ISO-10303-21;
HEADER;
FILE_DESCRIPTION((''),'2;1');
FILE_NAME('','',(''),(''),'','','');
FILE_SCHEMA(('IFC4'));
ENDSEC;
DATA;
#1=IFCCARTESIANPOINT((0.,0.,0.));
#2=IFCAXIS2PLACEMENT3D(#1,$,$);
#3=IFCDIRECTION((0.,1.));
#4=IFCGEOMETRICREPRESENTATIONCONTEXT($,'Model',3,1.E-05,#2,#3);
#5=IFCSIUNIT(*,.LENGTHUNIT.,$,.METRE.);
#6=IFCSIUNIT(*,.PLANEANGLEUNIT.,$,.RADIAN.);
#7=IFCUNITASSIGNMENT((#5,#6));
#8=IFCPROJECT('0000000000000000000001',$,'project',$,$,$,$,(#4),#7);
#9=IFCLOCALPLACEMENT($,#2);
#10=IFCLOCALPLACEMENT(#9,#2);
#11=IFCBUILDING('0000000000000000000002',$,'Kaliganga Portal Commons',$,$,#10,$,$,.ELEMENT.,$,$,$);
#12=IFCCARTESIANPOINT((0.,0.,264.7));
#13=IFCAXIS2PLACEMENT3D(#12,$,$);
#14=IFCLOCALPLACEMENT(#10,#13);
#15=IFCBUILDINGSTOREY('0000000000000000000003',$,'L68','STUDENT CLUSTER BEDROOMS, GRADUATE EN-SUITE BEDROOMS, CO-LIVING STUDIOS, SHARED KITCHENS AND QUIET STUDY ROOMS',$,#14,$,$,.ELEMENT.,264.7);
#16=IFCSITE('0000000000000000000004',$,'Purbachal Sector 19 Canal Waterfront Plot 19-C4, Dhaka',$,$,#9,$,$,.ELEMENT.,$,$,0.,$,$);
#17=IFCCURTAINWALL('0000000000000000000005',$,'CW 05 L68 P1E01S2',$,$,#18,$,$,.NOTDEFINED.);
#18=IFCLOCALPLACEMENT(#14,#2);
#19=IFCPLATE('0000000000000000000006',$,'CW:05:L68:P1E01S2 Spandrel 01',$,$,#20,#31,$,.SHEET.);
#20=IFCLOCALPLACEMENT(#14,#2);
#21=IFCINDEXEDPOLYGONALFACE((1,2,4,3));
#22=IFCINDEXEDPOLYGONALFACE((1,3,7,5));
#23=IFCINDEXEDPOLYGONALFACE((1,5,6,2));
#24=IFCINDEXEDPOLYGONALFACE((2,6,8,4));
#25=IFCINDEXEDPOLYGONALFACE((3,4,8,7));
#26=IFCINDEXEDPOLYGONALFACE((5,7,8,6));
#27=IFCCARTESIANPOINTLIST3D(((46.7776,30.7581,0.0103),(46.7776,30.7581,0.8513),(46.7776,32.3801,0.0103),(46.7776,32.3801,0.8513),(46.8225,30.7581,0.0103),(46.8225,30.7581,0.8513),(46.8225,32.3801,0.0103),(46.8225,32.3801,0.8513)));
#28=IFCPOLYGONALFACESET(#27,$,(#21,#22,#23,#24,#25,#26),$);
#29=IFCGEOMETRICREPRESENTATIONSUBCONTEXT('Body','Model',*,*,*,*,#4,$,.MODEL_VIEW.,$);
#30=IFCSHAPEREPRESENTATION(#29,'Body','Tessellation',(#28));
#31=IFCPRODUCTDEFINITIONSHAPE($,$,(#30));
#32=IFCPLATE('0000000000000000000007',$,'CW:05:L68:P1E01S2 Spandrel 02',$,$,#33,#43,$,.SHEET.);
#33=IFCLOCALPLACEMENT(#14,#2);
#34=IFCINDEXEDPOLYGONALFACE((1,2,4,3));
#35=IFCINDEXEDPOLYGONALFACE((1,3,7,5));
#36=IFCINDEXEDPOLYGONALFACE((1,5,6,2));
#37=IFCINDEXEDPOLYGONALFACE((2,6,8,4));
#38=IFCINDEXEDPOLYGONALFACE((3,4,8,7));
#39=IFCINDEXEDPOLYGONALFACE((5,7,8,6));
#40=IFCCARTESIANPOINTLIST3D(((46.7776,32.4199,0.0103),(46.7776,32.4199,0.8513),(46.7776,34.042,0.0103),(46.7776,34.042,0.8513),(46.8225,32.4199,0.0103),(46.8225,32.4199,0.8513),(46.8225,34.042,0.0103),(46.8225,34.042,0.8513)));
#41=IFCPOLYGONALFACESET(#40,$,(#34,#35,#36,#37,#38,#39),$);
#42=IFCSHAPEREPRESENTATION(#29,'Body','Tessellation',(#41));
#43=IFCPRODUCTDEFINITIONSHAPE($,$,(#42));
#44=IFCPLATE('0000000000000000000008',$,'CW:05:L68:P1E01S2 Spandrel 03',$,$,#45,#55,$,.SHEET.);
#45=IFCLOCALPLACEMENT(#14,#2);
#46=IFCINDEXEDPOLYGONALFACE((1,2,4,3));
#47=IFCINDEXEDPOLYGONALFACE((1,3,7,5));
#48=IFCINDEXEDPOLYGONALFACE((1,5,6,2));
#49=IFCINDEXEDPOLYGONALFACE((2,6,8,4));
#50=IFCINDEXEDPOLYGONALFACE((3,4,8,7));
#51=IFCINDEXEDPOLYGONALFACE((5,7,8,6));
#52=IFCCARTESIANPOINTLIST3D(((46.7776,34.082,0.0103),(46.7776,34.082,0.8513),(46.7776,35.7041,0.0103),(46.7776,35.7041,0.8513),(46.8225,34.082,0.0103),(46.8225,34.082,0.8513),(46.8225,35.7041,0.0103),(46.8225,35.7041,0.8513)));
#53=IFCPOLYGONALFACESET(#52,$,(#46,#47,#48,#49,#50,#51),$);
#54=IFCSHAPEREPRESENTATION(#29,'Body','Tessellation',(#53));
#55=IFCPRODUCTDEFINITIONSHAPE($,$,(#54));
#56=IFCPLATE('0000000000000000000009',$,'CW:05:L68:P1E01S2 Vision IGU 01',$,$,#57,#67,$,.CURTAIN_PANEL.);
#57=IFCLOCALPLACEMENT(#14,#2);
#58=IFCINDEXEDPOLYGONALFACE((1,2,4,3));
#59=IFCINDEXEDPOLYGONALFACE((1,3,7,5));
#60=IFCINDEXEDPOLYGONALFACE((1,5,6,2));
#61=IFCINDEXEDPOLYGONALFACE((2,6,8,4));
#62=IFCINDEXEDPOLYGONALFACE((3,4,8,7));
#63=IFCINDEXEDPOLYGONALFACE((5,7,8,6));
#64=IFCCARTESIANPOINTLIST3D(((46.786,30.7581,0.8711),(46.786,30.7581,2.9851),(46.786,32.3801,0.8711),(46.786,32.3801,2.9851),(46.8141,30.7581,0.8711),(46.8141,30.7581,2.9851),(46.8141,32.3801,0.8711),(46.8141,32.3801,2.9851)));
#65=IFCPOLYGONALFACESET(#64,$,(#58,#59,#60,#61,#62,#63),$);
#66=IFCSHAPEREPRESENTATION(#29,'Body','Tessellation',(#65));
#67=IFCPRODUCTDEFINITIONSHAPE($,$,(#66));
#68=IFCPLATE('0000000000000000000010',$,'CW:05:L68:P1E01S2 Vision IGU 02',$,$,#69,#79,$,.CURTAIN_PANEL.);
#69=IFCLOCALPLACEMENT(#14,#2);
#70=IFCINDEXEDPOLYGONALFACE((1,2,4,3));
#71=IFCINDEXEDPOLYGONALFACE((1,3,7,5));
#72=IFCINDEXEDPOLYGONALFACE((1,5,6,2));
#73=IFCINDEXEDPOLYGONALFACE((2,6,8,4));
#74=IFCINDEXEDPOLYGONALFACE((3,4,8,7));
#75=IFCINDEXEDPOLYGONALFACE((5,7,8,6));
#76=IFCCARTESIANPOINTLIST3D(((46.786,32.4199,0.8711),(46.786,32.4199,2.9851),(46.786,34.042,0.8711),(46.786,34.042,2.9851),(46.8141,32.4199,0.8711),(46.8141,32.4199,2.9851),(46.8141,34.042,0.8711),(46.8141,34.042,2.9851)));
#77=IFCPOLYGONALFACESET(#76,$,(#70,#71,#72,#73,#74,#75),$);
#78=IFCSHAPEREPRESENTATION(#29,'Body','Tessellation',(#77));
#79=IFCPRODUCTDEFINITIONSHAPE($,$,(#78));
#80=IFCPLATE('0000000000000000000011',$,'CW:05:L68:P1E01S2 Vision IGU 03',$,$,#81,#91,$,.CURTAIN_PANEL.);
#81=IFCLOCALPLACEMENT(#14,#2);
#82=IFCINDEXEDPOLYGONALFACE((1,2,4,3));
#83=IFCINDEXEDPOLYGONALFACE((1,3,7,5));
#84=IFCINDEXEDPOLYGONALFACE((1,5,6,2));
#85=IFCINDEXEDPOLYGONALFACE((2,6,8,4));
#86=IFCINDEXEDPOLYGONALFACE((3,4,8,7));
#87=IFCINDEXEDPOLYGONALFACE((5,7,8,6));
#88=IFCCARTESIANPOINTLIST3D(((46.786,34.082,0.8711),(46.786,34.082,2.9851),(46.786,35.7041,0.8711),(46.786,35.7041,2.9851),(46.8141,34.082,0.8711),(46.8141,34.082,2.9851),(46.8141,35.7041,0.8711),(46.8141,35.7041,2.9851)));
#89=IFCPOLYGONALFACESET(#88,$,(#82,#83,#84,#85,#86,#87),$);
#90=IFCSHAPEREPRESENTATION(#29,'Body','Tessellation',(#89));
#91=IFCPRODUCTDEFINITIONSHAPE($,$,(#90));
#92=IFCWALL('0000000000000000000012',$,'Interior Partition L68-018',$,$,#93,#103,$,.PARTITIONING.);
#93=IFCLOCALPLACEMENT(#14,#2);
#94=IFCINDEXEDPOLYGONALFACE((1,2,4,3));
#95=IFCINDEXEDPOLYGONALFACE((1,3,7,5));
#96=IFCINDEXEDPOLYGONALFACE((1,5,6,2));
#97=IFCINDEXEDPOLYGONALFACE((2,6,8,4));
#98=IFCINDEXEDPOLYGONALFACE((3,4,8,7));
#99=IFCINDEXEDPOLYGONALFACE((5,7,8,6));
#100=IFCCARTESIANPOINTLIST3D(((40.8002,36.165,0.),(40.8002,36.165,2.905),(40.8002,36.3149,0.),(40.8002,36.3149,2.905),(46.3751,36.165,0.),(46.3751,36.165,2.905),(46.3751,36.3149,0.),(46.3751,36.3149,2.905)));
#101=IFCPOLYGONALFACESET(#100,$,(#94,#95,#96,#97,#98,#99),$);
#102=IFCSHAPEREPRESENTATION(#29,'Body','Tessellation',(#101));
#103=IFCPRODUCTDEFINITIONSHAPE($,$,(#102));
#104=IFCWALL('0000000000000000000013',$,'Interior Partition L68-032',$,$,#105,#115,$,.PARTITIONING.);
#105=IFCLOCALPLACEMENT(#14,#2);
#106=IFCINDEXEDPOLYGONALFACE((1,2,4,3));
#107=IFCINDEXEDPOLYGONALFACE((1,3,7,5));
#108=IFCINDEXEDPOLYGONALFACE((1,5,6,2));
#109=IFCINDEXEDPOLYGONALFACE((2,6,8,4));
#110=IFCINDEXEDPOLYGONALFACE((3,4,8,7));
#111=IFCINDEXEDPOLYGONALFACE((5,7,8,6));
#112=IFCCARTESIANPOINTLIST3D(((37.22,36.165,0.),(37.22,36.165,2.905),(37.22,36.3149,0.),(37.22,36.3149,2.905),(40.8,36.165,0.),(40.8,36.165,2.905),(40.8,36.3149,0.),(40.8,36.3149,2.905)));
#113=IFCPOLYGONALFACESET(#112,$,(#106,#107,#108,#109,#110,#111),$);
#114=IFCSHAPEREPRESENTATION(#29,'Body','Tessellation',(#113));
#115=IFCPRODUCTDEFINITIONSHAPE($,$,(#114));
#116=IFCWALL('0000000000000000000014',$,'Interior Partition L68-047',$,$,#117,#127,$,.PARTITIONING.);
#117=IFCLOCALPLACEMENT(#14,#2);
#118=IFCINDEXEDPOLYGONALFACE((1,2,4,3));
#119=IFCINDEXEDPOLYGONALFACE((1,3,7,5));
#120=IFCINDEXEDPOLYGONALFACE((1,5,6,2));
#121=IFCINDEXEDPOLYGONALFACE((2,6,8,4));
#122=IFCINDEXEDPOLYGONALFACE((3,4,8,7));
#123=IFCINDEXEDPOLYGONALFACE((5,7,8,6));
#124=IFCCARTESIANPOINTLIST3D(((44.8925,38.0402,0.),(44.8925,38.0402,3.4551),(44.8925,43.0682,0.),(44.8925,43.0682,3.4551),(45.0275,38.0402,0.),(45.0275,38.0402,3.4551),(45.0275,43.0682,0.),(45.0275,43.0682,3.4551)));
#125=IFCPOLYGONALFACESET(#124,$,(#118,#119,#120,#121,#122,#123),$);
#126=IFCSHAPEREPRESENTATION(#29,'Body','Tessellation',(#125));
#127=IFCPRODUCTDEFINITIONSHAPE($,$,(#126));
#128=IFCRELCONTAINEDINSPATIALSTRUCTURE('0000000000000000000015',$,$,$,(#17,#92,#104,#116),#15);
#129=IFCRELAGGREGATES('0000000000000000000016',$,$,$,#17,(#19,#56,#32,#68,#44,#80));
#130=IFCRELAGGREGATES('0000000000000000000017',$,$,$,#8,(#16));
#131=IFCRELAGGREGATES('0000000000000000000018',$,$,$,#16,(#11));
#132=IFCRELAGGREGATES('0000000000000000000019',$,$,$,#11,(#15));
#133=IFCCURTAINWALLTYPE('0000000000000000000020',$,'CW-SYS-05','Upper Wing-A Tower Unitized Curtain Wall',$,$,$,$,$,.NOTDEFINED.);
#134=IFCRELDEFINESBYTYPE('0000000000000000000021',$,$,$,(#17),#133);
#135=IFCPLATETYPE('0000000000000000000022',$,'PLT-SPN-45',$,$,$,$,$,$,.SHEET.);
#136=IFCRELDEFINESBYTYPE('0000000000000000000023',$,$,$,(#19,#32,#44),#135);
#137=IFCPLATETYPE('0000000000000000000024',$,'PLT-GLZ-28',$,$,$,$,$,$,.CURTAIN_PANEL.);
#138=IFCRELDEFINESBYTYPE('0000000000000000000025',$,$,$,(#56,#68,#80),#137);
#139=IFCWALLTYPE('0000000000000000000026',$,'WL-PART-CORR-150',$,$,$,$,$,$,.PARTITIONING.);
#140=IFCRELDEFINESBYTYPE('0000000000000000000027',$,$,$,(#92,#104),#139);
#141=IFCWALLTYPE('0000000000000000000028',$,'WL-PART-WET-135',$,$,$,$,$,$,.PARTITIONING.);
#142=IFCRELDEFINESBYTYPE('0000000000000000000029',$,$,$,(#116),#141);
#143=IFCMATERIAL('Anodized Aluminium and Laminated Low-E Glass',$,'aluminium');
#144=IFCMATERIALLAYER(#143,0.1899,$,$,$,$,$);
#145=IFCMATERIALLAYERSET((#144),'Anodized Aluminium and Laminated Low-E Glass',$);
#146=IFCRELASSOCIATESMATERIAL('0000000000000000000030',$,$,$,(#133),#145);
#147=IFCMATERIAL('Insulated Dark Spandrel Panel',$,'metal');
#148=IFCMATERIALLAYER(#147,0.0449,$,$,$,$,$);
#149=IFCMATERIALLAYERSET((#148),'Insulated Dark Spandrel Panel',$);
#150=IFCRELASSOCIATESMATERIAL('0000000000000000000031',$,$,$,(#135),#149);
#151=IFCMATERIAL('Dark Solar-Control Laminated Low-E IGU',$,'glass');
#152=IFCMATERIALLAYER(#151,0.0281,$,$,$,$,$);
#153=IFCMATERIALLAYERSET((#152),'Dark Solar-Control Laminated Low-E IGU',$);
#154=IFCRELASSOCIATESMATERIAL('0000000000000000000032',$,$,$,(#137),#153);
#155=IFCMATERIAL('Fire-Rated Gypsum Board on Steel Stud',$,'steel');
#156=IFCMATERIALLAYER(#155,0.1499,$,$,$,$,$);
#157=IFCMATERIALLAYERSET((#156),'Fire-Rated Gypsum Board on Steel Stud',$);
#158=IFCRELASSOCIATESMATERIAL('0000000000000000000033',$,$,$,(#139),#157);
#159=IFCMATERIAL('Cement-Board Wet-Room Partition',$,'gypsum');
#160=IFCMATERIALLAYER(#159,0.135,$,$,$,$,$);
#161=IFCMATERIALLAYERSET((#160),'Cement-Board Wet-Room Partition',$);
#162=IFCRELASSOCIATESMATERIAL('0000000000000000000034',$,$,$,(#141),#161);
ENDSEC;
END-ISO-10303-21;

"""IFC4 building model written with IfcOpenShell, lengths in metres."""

from ifc_helpers import new_model, si_unit, direction, frame, frame_2d, origin, origin_2d, place, context, subcontext, project, spatial, rectangle, extrude, source, transform, mapped, material, layer, layer_set, type_object, element, aggregate, save


model = new_model("IFC4")

# Units and contexts
model_context = context("Model", 3, precision=1e-05, world=origin(), true_north=direction((0.0, 1.0)))
body_context = subcontext(model_context, "Body", "Model", "MODEL_VIEW")
ifc_project = project(units=[si_unit("LENGTHUNIT", "METRE"), si_unit("PLANEANGLEUNIT", "RADIAN")], contexts=[model_context])

# Site, building, storey
site_placement = place(None, origin())
site = spatial("IfcSite", under=ifc_project, at=site_placement, Name="Purbachal Sector 19 Canal Waterfront Plot 19-C4, Dhaka", CompositionType="ELEMENT", RefElevation=0.0)
building_placement = place(site_placement, origin())
building = spatial("IfcBuilding", under=site, at=building_placement, Name="Kaliganga Portal Commons", CompositionType="ELEMENT")
storey_placement = place(building_placement, frame((0.0, 0.0, 264.7)))
storey = spatial("IfcBuildingStorey", under=building, at=storey_placement, Name="L68", Description="STUDENT CLUSTER BEDROOMS, GRADUATE EN-SUITE BEDROOMS, CO-LIVING STUDIOS, SHARED KITCHENS AND QUIET STUDY ROOMS", CompositionType="ELEMENT", Elevation=264.7)

# Curtain wall
ifc_material_1 = material(Name="Anodized Aluminium and Laminated Low-E Glass", Category="aluminium")
ifc_layer_1 = layer(ifc_material_1, 0.1899)
ifc_layer_set_1 = layer_set([ifc_layer_1], Name="Anodized Aluminium and Laminated Low-E Glass")
curtain_wall_type = type_object("IfcCurtainWallType", Name="CW-SYS-05", Description="Upper Wing-A Tower Unitized Curtain Wall", PredefinedType="NOTDEFINED", material=ifc_layer_set_1)
curtain_wall_1_placement = place(storey_placement, origin())
curtain_wall_1 = element("IfcCurtainWall", 1, at=curtain_wall_1_placement, inside=storey, type_object=curtain_wall_type, Name="CW 05 L68 P1E01S2", PredefinedType="NOTDEFINED")

# Shared definitions
ifc_material_2 = material(Name="Insulated Dark Spandrel Panel", Category="metal")
ifc_layer_2 = layer(ifc_material_2, 0.0449)
ifc_layer_set_2 = layer_set([ifc_layer_2], Name="Insulated Dark Spandrel Panel")
plate_type_1 = type_object("IfcPlateType", Name="PLT-SPN-45", PredefinedType="SHEET", material=ifc_layer_set_2)
ifc_material_3 = material(Name="Dark Solar-Control Laminated Low-E IGU", Category="glass")
ifc_layer_3 = layer(ifc_material_3, 0.0281)
ifc_layer_set_3 = layer_set([ifc_layer_3], Name="Dark Solar-Control Laminated Low-E IGU")
plate_type_2 = type_object("IfcPlateType", Name="PLT-GLZ-28", PredefinedType="CURTAIN_PANEL", material=ifc_layer_set_3)

# Plates
shared_shape_1 = source(origin(), body_context, "Body", "SweptSolid", [
    extrude(rectangle(XDim=1.6221, YDim=0.0449, at=origin_2d()), origin(), (0.0, 0.0, 1.0), 0.8411),
])
plate_1_placement = place(storey_placement, frame((46.8, 31.5691, 0.0103), z_axis=(0.0, 0.0, 1.0), x_axis=(0.0, 1.0, 0.0)))
plate_1 = element("IfcPlate", 2, at=plate_1_placement, type_object=plate_type_1, Name="CW:05:L68:P1E01S2 Spandrel 01", PredefinedType="SHEET", context=body_context, shape_type="MappedRepresentation", body=[
    mapped(shared_shape_1, transform((0.0, 0.0, 0.0), x_axis=(1.0, 0.0, 0.0), y_axis=(0.0, 1.0, 0.0), z_axis=(0.0, 0.0, 1.0), scale=1.0)),
])
plate_2_placement = place(storey_placement, frame((46.8, 33.231, 0.0103), z_axis=(0.0, 0.0, 1.0), x_axis=(0.0, 1.0, 0.0)))
plate_2 = element("IfcPlate", 3, at=plate_2_placement, type_object=plate_type_1, Name="CW:05:L68:P1E01S2 Spandrel 02", PredefinedType="SHEET", context=body_context, shape_type="MappedRepresentation", body=[
    mapped(shared_shape_1, transform((0.0, 0.0, 0.0), x_axis=(1.0, 0.0, 0.0), y_axis=(0.0, 1.0, 0.0), z_axis=(0.0, 0.0, 1.0), scale=1.0)),
])
plate_3_placement = place(storey_placement, frame((46.8, 34.8931, 0.0103), z_axis=(0.0, 0.0, 1.0), x_axis=(0.0, 1.0, 0.0)))
plate_3 = element("IfcPlate", 4, at=plate_3_placement, type_object=plate_type_1, Name="CW:05:L68:P1E01S2 Spandrel 03", PredefinedType="SHEET", context=body_context, shape_type="MappedRepresentation", body=[
    mapped(shared_shape_1, transform((0.0, 0.0, 0.0), x_axis=(1.0, 0.0, 0.0), y_axis=(0.0, 1.0, 0.0), z_axis=(0.0, 0.0, 1.0), scale=1.0)),
])
shared_shape_2 = source(origin(), body_context, "Body", "SweptSolid", [
    extrude(rectangle(XDim=1.6221, YDim=0.0281, at=origin_2d()), origin(), (0.0, 0.0, 1.0), 2.114),
])
plate_4_placement = place(storey_placement, frame((46.8, 31.5691, 0.8711), z_axis=(0.0, 0.0, 1.0), x_axis=(0.0, 1.0, 0.0)))
plate_4 = element("IfcPlate", 5, at=plate_4_placement, type_object=plate_type_2, Name="CW:05:L68:P1E01S2 Vision IGU 01", PredefinedType="CURTAIN_PANEL", context=body_context, shape_type="MappedRepresentation", body=[
    mapped(shared_shape_2, transform((0.0, 0.0, 0.0), x_axis=(1.0, 0.0, 0.0), y_axis=(0.0, 1.0, 0.0), z_axis=(0.0, 0.0, 1.0), scale=1.0)),
])
plate_5_placement = place(storey_placement, frame((46.8, 33.231, 0.8711), z_axis=(0.0, 0.0, 1.0), x_axis=(0.0, 1.0, 0.0)))
plate_5 = element("IfcPlate", 6, at=plate_5_placement, type_object=plate_type_2, Name="CW:05:L68:P1E01S2 Vision IGU 02", PredefinedType="CURTAIN_PANEL", context=body_context, shape_type="MappedRepresentation", body=[
    mapped(shared_shape_2, transform((0.0, 0.0, 0.0), x_axis=(1.0, 0.0, 0.0), y_axis=(0.0, 1.0, 0.0), z_axis=(0.0, 0.0, 1.0), scale=1.0)),
])
plate_6_placement = place(storey_placement, frame((46.8, 34.8931, 0.8711), z_axis=(0.0, 0.0, 1.0), x_axis=(0.0, 1.0, 0.0)))
plate_6 = element("IfcPlate", 7, at=plate_6_placement, type_object=plate_type_2, Name="CW:05:L68:P1E01S2 Vision IGU 03", PredefinedType="CURTAIN_PANEL", context=body_context, shape_type="MappedRepresentation", body=[
    mapped(shared_shape_2, transform((0.0, 0.0, 0.0), x_axis=(1.0, 0.0, 0.0), y_axis=(0.0, 1.0, 0.0), z_axis=(0.0, 0.0, 1.0), scale=1.0)),
])
aggregate(curtain_wall_1, [plate_1, plate_4, plate_2, plate_5, plate_3, plate_6])

# Walls
ifc_material_4 = material(Name="Fire-Rated Gypsum Board on Steel Stud", Category="steel")
ifc_layer_4 = layer(ifc_material_4, 0.1499)
ifc_layer_set_4 = layer_set([ifc_layer_4], Name="Fire-Rated Gypsum Board on Steel Stud")
wall_type_1 = type_object("IfcWallType", Name="WL-PART-CORR-150", PredefinedType="PARTITIONING", material=ifc_layer_set_4)
wall_1_placement = place(storey_placement, frame((40.8, 36.24, 0.0), z_axis=(0.0, 0.0, 1.0), x_axis=(1.0, 0.0, 0.0)))
element("IfcWall", 8, at=wall_1_placement, inside=storey, type_object=wall_type_1, Name="Interior Partition L68-018", PredefinedType="PARTITIONING", context=body_context, shape_type="SweptSolid", body=[
    extrude(rectangle(XDim=5.575, YDim=0.1499, at=frame_2d((2.7876, 0.0))), origin(), (0.0, 0.0, 1.0), 2.905),
])
wall_2_placement = place(storey_placement, frame((37.22, 36.24, 0.0), z_axis=(0.0, 0.0, 1.0), x_axis=(1.0, 0.0, 0.0)))
element("IfcWall", 9, at=wall_2_placement, inside=storey, type_object=wall_type_1, Name="Interior Partition L68-032", PredefinedType="PARTITIONING", context=body_context, shape_type="SweptSolid", body=[
    extrude(rectangle(XDim=3.5801, YDim=0.1499, at=frame_2d((1.79, 0.0))), origin(), (0.0, 0.0, 1.0), 2.905),
])

# Wall
ifc_material_5 = material(Name="Cement-Board Wet-Room Partition", Category="gypsum")
ifc_layer_5 = layer(ifc_material_5, 0.135)
ifc_layer_set_5 = layer_set([ifc_layer_5], Name="Cement-Board Wet-Room Partition")
wall_type_2 = type_object("IfcWallType", Name="WL-PART-WET-135", PredefinedType="PARTITIONING", material=ifc_layer_set_5)
wall_3_placement = place(storey_placement, frame((44.96, 38.04, 0.0), z_axis=(0.0, 0.0, 1.0), x_axis=(0.0, 1.0, 0.0)))
element("IfcWall", 10, at=wall_3_placement, inside=storey, type_object=wall_type_2, Name="Interior Partition L68-047", PredefinedType="PARTITIONING", context=body_context, shape_type="SweptSolid", body=[
    extrude(rectangle(XDim=5.0281, YDim=0.135, at=frame_2d((2.5142, 0.0))), origin(), (0.0, 0.0, 1.0), 3.4551),
])

save(model, "model.ifc")
